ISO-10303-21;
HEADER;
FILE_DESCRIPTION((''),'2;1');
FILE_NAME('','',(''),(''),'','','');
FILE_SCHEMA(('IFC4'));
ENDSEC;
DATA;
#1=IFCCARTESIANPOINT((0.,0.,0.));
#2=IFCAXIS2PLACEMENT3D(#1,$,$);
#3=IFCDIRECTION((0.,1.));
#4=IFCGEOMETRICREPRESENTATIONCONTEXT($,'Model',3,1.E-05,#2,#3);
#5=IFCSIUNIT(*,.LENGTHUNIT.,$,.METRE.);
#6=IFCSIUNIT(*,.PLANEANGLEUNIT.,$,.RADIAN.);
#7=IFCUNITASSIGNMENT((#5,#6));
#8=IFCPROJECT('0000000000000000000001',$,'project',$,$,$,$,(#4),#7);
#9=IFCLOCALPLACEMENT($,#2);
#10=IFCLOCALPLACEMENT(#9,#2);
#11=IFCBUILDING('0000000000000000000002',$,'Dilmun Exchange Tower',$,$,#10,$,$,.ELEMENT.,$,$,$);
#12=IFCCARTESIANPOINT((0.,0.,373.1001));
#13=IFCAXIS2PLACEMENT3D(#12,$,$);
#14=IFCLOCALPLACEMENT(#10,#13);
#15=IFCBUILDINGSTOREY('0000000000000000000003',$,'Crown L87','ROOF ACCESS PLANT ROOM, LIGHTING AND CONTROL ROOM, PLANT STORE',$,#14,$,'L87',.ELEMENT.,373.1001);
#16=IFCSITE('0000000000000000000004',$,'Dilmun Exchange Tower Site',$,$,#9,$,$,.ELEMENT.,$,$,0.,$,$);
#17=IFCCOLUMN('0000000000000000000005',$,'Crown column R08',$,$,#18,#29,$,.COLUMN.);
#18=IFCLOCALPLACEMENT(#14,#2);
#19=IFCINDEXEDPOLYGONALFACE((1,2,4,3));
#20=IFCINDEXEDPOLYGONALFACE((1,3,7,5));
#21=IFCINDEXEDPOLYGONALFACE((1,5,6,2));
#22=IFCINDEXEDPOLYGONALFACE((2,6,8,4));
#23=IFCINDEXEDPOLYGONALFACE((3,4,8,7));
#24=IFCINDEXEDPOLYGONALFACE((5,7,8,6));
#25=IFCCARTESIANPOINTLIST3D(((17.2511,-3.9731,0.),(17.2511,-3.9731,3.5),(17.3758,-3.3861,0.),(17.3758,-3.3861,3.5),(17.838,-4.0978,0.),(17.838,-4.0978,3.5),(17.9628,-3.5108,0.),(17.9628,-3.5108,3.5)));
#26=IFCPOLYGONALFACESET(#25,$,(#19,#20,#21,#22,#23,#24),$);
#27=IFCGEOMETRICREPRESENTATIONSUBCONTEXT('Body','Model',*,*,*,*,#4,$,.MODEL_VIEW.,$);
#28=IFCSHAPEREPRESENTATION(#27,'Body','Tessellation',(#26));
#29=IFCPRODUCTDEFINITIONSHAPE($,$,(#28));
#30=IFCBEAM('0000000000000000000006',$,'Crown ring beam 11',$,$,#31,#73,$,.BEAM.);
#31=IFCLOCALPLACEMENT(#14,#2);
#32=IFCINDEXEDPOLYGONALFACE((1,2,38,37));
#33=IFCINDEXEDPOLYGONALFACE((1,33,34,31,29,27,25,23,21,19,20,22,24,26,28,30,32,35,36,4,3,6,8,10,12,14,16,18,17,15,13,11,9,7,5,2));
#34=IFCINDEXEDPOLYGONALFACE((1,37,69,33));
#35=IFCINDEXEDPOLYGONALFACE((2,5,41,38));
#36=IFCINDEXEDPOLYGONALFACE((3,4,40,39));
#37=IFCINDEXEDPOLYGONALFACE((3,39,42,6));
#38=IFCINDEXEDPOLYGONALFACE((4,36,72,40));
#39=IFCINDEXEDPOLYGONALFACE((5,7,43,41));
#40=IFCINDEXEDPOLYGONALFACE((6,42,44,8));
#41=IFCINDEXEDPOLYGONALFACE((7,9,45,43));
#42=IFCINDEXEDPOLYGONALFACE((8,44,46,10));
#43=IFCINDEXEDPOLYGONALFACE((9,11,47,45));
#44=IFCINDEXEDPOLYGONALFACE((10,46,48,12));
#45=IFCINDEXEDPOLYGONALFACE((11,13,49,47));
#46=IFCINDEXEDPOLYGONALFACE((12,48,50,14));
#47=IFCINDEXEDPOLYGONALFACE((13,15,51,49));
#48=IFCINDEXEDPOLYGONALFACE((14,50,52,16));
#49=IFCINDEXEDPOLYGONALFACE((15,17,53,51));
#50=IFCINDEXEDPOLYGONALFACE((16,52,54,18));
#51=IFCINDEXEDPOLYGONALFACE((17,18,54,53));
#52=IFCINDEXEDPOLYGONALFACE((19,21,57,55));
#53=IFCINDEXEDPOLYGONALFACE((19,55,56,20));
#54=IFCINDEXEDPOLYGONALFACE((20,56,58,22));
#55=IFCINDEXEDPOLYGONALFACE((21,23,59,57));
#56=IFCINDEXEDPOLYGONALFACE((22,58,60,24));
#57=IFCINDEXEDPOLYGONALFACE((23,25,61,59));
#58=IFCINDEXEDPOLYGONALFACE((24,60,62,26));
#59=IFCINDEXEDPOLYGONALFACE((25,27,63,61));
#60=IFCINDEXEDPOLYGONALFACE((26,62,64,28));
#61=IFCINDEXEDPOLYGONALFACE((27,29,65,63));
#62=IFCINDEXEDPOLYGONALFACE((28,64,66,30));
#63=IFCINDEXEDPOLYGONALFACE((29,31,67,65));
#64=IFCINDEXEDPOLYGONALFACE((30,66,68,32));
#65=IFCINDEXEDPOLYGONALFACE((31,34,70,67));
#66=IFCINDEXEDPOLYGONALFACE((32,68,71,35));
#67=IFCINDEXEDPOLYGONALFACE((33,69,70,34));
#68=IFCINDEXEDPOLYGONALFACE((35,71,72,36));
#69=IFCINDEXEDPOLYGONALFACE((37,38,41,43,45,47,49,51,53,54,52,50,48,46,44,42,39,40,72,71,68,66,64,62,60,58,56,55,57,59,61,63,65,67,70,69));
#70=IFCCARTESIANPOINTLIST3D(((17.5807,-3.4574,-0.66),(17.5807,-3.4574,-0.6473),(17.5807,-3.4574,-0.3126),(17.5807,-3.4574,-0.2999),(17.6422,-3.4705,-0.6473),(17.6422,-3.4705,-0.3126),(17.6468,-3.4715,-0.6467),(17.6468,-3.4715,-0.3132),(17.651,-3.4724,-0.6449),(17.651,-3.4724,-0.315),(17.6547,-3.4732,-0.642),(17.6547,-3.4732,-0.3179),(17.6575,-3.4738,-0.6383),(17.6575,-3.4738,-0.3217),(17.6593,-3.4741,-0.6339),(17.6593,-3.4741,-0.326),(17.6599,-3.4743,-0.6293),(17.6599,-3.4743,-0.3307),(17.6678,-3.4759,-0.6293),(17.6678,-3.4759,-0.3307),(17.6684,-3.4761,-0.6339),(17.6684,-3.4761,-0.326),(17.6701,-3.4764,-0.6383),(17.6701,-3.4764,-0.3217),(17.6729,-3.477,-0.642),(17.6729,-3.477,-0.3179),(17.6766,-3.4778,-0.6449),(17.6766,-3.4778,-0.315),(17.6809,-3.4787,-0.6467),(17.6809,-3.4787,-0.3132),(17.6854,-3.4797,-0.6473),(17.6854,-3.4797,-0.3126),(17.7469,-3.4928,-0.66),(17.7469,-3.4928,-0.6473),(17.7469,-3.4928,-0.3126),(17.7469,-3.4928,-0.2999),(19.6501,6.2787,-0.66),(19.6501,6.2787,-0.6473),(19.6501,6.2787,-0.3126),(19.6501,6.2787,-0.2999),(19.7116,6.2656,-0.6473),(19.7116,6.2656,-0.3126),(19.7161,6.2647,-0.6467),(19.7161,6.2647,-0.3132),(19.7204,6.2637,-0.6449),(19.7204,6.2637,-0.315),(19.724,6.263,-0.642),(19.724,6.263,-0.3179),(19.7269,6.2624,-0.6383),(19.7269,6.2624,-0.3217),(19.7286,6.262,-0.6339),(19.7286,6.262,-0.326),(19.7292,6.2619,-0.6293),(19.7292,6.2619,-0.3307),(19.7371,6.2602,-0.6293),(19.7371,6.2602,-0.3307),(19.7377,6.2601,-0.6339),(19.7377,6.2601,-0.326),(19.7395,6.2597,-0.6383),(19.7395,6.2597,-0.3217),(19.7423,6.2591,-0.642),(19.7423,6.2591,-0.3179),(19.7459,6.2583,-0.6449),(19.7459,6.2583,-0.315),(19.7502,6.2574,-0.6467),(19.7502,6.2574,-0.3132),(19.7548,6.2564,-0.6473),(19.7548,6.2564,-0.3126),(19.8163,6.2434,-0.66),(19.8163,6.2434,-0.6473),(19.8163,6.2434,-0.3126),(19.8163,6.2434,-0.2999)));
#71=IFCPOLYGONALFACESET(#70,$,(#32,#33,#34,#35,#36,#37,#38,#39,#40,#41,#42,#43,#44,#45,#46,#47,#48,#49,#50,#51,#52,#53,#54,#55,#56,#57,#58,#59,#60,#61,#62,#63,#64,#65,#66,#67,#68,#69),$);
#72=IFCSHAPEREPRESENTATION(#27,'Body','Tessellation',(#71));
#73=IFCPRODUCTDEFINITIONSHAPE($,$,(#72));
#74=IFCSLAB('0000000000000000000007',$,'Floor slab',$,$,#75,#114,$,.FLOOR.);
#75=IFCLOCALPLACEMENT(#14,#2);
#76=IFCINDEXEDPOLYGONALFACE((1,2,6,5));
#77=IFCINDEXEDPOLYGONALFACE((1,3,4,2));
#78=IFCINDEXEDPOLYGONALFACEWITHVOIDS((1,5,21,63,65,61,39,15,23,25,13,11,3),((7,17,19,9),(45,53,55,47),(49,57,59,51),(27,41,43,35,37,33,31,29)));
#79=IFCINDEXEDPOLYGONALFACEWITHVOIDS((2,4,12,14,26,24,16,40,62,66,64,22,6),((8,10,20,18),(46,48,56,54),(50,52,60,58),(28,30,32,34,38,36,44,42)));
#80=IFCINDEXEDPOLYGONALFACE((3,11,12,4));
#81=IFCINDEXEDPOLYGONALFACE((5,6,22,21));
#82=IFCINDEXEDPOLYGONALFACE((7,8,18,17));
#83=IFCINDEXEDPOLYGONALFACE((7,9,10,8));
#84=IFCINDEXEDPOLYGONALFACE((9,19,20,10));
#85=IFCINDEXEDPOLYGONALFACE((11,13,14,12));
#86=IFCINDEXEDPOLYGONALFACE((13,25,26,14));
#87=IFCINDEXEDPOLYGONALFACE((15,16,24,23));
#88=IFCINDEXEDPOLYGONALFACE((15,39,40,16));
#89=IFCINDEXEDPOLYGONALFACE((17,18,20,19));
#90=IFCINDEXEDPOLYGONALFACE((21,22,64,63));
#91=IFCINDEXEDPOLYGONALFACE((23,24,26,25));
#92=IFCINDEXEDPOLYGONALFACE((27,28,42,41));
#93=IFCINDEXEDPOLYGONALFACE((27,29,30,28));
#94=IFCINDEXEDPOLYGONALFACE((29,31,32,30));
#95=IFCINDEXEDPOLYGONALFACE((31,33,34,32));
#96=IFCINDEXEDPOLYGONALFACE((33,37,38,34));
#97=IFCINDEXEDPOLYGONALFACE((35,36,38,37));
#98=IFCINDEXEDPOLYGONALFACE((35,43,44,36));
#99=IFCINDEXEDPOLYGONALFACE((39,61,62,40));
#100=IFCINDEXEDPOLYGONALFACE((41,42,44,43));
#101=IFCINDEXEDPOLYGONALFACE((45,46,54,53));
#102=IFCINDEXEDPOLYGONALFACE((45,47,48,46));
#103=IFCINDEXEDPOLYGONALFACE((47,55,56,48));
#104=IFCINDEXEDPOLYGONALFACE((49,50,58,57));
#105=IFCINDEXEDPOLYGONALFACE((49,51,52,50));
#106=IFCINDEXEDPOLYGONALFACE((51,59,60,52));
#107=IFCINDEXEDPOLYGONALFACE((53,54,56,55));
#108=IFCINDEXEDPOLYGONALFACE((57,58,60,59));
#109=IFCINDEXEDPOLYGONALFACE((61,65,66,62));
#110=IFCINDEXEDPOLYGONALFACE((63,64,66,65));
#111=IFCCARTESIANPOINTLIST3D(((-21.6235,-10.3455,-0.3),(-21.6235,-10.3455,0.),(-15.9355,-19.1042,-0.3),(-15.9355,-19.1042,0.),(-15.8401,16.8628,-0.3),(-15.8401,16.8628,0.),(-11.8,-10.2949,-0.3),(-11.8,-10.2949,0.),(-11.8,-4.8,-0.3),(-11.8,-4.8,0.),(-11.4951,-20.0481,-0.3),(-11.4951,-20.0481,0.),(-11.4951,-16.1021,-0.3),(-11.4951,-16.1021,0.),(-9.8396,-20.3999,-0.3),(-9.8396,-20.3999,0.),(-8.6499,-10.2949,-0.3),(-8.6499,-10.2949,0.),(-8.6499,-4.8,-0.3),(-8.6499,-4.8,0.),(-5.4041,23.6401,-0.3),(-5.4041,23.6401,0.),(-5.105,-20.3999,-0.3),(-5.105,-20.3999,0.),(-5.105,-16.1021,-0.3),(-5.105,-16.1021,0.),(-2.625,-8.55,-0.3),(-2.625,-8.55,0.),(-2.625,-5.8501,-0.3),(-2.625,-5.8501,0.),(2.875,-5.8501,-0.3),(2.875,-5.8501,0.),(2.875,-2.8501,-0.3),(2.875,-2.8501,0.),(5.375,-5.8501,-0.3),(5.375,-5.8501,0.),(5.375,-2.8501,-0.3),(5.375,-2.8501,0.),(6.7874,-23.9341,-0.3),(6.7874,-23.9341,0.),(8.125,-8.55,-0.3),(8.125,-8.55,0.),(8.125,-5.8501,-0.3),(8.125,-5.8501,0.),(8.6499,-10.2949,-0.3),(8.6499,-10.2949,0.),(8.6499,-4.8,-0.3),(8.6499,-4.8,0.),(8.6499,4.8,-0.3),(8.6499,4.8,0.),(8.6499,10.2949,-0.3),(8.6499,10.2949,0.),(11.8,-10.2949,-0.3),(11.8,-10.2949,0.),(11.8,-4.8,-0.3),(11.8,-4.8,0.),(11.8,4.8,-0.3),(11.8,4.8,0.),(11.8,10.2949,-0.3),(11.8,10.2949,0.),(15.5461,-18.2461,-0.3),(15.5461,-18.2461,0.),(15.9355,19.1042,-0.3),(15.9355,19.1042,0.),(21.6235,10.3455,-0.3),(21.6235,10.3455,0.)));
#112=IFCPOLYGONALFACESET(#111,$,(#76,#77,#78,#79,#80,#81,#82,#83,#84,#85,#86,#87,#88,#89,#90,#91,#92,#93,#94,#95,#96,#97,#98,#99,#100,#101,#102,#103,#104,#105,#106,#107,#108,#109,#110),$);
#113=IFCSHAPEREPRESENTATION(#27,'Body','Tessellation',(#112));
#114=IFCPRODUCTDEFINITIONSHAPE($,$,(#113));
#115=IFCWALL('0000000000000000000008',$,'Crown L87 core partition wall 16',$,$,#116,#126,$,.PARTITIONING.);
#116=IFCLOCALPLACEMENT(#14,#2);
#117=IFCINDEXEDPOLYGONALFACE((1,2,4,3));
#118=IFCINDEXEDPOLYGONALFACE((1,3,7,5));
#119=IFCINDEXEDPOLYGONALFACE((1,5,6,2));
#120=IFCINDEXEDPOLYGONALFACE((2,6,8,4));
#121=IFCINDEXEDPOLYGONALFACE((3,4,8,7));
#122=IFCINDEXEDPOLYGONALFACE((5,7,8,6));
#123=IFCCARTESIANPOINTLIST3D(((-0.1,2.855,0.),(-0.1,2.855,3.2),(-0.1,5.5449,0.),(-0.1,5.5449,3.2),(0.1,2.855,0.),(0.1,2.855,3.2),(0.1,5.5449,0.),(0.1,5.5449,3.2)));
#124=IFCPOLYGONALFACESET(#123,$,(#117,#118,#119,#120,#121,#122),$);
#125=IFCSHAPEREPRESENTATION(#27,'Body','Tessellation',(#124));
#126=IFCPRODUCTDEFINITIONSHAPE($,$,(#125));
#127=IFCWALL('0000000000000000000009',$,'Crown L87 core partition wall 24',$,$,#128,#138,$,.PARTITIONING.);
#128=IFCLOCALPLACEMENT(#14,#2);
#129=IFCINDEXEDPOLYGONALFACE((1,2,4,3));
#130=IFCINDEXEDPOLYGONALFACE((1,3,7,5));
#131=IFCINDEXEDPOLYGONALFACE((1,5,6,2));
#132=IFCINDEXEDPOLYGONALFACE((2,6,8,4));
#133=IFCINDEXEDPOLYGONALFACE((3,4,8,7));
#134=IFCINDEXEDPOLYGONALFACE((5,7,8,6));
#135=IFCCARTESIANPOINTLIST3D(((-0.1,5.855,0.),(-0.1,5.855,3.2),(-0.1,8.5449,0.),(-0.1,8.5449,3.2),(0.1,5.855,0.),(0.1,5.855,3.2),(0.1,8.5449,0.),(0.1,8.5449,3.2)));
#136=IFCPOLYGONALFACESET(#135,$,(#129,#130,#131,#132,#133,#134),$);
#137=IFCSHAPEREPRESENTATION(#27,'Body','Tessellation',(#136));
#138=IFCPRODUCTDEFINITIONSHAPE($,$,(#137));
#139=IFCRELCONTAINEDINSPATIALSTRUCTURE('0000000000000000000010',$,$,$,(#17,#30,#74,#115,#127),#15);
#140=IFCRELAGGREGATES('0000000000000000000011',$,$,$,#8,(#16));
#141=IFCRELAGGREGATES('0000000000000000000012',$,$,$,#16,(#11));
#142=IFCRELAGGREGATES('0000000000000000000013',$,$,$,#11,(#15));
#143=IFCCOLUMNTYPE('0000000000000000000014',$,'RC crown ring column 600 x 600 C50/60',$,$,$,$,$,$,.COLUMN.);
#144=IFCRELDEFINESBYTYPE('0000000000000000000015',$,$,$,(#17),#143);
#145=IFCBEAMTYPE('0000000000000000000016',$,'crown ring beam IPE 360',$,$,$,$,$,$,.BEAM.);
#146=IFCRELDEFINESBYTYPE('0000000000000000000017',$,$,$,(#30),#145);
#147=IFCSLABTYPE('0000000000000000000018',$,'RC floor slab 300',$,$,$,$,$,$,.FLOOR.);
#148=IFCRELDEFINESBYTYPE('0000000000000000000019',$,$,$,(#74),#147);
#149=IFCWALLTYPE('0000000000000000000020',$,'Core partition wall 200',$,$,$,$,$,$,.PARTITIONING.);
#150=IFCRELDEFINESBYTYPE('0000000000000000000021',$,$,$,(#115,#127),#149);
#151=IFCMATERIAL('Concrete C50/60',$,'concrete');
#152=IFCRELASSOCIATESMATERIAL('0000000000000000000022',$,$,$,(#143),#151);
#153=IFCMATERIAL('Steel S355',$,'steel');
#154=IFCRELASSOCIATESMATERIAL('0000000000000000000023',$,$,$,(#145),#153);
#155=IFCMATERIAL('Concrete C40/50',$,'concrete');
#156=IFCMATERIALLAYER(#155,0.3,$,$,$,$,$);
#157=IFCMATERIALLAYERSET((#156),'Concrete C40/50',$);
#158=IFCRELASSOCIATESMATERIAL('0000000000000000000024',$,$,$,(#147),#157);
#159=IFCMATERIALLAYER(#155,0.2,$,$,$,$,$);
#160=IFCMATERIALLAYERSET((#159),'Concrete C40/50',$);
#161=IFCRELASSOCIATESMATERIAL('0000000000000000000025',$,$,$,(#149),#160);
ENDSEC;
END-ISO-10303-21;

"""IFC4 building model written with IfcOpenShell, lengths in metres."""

from ifc_helpers import new_model, si_unit, direction, frame, frame_2d, origin, origin_2d, place, context, subcontext, project, spatial, polyline, rectangle, i_section, outline, extrude, material, layer, layer_set, material_profile, profile_set, type_object, element, save


model = new_model("IFC4")

# Units and contexts
model_context = context("Model", 3, precision=1e-05, world=origin(), true_north=direction((0.0, 1.0)))
body_context = subcontext(model_context, "Body", "Model", "MODEL_VIEW")
ifc_project = project(units=[si_unit("LENGTHUNIT", "METRE"), si_unit("PLANEANGLEUNIT", "RADIAN")], contexts=[model_context])

# Site, building, storey
site_placement = place(None, origin())
site = spatial("IfcSite", under=ifc_project, at=site_placement, Name="Dilmun Exchange Tower Site", CompositionType="ELEMENT", RefElevation=0.0)
building_placement = place(site_placement, origin())
building = spatial("IfcBuilding", under=site, at=building_placement, Name="Dilmun Exchange Tower", CompositionType="ELEMENT")
storey_placement = place(building_placement, frame((0.0, 0.0, 373.1001)))
storey = spatial("IfcBuildingStorey", under=building, at=storey_placement, Name="Crown L87", Description="ROOF ACCESS PLANT ROOM, LIGHTING AND CONTROL ROOM, PLANT STORE", LongName="L87", CompositionType="ELEMENT", Elevation=373.1001)

# Column
ifc_material_1 = material(Name="Concrete C50/60", Category="concrete")
ifc_material_profile_1 = material_profile(ifc_material_1, rectangle(XDim=0.6001, YDim=0.6001, at=origin_2d()), Name="600 x 600")
ifc_profile_set_1 = profile_set([ifc_material_profile_1], Name="Concrete C50/60")
column_type = type_object("IfcColumnType", Name="RC crown ring column 600 x 600 C50/60", PredefinedType="COLUMN", material=ifc_profile_set_1)
column_placement = place(storey_placement, frame((17.6069, -3.7419, 0.0), z_axis=(0.0, 0.0, 1.0), x_axis=(0.207912, 0.978148, 0.0)))
element("IfcColumn", 1, at=column_placement, inside=storey, type_object=column_type, Name="Crown column R08", PredefinedType="COLUMN", context=body_context, shape_type="SweptSolid", body=[
    extrude(rectangle(XDim=0.6001, YDim=0.6001, at=origin_2d()), origin(), (0.0, 0.0, 1.0), 3.5),
])

# Beam
ifc_material_2 = material(Name="Steel S355", Category="steel")
ifc_material_profile_2 = material_profile(ifc_material_2, i_section(OverallWidth=0.1699, OverallDepth=0.3601, WebThickness=0.0081, FlangeThickness=0.0127, FilletRadius=0.0181, at=origin_2d()), Name="IPE 360")
ifc_profile_set_2 = profile_set([ifc_material_profile_2], Name="Steel S355")
beam_type = type_object("IfcBeamType", Name="crown ring beam IPE 360", PredefinedType="BEAM", material=ifc_profile_set_2)
beam_placement = place(storey_placement, frame((17.6638, -3.4751, -0.48), z_axis=(0.207899, 0.97815, 0.0), x_axis=(-0.97815, 0.207899, 0.0)))
element("IfcBeam", 2, at=beam_placement, inside=storey, type_object=beam_type, Name="Crown ring beam 11", PredefinedType="BEAM", context=body_context, shape_type="SweptSolid", body=[
    extrude(i_section(OverallWidth=0.1699, OverallDepth=0.3601, WebThickness=0.0081, FlangeThickness=0.0127, FilletRadius=0.0181, at=origin_2d()), origin(), (0.0, 0.0, 1.0), 9.9536),
])

# Slab
ifc_material_3 = material(Name="Concrete C40/50", Category="concrete")
ifc_layer_1 = layer(ifc_material_3, 0.3)
ifc_layer_set_1 = layer_set([ifc_layer_1], Name="Concrete C40/50")
slab_type = type_object("IfcSlabType", Name="RC floor slab 300", PredefinedType="FLOOR", material=ifc_layer_set_1)
slab_placement = place(storey_placement, frame((0.0, 0.0, -0.3)))
element("IfcSlab", 3, at=slab_placement, inside=storey, type_object=slab_type, Name="Floor slab", PredefinedType="FLOOR", context=body_context, shape_type="SweptSolid", body=[
    extrude(outline(polyline([(-21.6235, -10.3455), (-15.8401, 16.8628), (-5.4041, 23.6401), (15.9355, 19.1042), (21.6235, 10.3455), (15.5461, -18.2461), (6.7874, -23.9341), (-9.8396, -20.3999), (-5.105, -20.3999), (-5.105, -16.1021), (-11.4951, -16.1021), (-11.4951, -20.0481), (-15.9355, -19.1042), (-21.6235, -10.3455)]), holes=[polyline([(-8.6499, -4.8), (-11.8, -4.8), (-11.8, -10.2949), (-8.6499, -10.2949), (-8.6499, -4.8)]), polyline([(11.8, -4.8), (8.6499, -4.8), (8.6499, -10.2949), (11.8, -10.2949), (11.8, -4.8)]), polyline([(2.875, -5.8501), (-2.625, -5.8501), (-2.625, -8.55), (8.125, -8.55), (8.125, -5.8501), (5.375, -5.8501), (5.375, -2.8501), (2.875, -2.8501), (2.875, -5.8501)]), polyline([(8.6499, 10.2949), (8.6499, 4.8), (11.8, 4.8), (11.8, 10.2949), (8.6499, 10.2949)])]), origin(), (0.0, 0.0, 1.0), 0.3),
])

# Shared definitions
ifc_layer_2 = layer(ifc_material_3, 0.2)
ifc_layer_set_2 = layer_set([ifc_layer_2], Name="Concrete C40/50")
wall_type_1 = type_object("IfcWallType", Name="Core partition wall 200", PredefinedType="PARTITIONING", material=ifc_layer_set_2)

# Walls
for number, where, z_axis, x_axis, name in (
    (4, (0.0, 2.855, 0.0), (0.0, 0.0, 1.0), (0.0, 1.0, 0.0), "Crown L87 core partition wall 16"),
    (5, (0.0, 5.855, 0.0), (0.0, 0.0, 1.0), (0.0, 1.0, 0.0), "Crown L87 core partition wall 24"),
):
    element("IfcWall", number, at=place(storey_placement, frame(where, z_axis=z_axis, x_axis=x_axis)), inside=storey, type_object=wall_type_1, Name=name, PredefinedType="PARTITIONING", context=body_context, shape_type="SweptSolid", body=[
        extrude(rectangle(XDim=2.6899, YDim=0.2, at=frame_2d((1.345, 0.0))), origin(), (0.0, 0.0, 1.0), 3.2),
    ])

save(model, "model.ifc")
